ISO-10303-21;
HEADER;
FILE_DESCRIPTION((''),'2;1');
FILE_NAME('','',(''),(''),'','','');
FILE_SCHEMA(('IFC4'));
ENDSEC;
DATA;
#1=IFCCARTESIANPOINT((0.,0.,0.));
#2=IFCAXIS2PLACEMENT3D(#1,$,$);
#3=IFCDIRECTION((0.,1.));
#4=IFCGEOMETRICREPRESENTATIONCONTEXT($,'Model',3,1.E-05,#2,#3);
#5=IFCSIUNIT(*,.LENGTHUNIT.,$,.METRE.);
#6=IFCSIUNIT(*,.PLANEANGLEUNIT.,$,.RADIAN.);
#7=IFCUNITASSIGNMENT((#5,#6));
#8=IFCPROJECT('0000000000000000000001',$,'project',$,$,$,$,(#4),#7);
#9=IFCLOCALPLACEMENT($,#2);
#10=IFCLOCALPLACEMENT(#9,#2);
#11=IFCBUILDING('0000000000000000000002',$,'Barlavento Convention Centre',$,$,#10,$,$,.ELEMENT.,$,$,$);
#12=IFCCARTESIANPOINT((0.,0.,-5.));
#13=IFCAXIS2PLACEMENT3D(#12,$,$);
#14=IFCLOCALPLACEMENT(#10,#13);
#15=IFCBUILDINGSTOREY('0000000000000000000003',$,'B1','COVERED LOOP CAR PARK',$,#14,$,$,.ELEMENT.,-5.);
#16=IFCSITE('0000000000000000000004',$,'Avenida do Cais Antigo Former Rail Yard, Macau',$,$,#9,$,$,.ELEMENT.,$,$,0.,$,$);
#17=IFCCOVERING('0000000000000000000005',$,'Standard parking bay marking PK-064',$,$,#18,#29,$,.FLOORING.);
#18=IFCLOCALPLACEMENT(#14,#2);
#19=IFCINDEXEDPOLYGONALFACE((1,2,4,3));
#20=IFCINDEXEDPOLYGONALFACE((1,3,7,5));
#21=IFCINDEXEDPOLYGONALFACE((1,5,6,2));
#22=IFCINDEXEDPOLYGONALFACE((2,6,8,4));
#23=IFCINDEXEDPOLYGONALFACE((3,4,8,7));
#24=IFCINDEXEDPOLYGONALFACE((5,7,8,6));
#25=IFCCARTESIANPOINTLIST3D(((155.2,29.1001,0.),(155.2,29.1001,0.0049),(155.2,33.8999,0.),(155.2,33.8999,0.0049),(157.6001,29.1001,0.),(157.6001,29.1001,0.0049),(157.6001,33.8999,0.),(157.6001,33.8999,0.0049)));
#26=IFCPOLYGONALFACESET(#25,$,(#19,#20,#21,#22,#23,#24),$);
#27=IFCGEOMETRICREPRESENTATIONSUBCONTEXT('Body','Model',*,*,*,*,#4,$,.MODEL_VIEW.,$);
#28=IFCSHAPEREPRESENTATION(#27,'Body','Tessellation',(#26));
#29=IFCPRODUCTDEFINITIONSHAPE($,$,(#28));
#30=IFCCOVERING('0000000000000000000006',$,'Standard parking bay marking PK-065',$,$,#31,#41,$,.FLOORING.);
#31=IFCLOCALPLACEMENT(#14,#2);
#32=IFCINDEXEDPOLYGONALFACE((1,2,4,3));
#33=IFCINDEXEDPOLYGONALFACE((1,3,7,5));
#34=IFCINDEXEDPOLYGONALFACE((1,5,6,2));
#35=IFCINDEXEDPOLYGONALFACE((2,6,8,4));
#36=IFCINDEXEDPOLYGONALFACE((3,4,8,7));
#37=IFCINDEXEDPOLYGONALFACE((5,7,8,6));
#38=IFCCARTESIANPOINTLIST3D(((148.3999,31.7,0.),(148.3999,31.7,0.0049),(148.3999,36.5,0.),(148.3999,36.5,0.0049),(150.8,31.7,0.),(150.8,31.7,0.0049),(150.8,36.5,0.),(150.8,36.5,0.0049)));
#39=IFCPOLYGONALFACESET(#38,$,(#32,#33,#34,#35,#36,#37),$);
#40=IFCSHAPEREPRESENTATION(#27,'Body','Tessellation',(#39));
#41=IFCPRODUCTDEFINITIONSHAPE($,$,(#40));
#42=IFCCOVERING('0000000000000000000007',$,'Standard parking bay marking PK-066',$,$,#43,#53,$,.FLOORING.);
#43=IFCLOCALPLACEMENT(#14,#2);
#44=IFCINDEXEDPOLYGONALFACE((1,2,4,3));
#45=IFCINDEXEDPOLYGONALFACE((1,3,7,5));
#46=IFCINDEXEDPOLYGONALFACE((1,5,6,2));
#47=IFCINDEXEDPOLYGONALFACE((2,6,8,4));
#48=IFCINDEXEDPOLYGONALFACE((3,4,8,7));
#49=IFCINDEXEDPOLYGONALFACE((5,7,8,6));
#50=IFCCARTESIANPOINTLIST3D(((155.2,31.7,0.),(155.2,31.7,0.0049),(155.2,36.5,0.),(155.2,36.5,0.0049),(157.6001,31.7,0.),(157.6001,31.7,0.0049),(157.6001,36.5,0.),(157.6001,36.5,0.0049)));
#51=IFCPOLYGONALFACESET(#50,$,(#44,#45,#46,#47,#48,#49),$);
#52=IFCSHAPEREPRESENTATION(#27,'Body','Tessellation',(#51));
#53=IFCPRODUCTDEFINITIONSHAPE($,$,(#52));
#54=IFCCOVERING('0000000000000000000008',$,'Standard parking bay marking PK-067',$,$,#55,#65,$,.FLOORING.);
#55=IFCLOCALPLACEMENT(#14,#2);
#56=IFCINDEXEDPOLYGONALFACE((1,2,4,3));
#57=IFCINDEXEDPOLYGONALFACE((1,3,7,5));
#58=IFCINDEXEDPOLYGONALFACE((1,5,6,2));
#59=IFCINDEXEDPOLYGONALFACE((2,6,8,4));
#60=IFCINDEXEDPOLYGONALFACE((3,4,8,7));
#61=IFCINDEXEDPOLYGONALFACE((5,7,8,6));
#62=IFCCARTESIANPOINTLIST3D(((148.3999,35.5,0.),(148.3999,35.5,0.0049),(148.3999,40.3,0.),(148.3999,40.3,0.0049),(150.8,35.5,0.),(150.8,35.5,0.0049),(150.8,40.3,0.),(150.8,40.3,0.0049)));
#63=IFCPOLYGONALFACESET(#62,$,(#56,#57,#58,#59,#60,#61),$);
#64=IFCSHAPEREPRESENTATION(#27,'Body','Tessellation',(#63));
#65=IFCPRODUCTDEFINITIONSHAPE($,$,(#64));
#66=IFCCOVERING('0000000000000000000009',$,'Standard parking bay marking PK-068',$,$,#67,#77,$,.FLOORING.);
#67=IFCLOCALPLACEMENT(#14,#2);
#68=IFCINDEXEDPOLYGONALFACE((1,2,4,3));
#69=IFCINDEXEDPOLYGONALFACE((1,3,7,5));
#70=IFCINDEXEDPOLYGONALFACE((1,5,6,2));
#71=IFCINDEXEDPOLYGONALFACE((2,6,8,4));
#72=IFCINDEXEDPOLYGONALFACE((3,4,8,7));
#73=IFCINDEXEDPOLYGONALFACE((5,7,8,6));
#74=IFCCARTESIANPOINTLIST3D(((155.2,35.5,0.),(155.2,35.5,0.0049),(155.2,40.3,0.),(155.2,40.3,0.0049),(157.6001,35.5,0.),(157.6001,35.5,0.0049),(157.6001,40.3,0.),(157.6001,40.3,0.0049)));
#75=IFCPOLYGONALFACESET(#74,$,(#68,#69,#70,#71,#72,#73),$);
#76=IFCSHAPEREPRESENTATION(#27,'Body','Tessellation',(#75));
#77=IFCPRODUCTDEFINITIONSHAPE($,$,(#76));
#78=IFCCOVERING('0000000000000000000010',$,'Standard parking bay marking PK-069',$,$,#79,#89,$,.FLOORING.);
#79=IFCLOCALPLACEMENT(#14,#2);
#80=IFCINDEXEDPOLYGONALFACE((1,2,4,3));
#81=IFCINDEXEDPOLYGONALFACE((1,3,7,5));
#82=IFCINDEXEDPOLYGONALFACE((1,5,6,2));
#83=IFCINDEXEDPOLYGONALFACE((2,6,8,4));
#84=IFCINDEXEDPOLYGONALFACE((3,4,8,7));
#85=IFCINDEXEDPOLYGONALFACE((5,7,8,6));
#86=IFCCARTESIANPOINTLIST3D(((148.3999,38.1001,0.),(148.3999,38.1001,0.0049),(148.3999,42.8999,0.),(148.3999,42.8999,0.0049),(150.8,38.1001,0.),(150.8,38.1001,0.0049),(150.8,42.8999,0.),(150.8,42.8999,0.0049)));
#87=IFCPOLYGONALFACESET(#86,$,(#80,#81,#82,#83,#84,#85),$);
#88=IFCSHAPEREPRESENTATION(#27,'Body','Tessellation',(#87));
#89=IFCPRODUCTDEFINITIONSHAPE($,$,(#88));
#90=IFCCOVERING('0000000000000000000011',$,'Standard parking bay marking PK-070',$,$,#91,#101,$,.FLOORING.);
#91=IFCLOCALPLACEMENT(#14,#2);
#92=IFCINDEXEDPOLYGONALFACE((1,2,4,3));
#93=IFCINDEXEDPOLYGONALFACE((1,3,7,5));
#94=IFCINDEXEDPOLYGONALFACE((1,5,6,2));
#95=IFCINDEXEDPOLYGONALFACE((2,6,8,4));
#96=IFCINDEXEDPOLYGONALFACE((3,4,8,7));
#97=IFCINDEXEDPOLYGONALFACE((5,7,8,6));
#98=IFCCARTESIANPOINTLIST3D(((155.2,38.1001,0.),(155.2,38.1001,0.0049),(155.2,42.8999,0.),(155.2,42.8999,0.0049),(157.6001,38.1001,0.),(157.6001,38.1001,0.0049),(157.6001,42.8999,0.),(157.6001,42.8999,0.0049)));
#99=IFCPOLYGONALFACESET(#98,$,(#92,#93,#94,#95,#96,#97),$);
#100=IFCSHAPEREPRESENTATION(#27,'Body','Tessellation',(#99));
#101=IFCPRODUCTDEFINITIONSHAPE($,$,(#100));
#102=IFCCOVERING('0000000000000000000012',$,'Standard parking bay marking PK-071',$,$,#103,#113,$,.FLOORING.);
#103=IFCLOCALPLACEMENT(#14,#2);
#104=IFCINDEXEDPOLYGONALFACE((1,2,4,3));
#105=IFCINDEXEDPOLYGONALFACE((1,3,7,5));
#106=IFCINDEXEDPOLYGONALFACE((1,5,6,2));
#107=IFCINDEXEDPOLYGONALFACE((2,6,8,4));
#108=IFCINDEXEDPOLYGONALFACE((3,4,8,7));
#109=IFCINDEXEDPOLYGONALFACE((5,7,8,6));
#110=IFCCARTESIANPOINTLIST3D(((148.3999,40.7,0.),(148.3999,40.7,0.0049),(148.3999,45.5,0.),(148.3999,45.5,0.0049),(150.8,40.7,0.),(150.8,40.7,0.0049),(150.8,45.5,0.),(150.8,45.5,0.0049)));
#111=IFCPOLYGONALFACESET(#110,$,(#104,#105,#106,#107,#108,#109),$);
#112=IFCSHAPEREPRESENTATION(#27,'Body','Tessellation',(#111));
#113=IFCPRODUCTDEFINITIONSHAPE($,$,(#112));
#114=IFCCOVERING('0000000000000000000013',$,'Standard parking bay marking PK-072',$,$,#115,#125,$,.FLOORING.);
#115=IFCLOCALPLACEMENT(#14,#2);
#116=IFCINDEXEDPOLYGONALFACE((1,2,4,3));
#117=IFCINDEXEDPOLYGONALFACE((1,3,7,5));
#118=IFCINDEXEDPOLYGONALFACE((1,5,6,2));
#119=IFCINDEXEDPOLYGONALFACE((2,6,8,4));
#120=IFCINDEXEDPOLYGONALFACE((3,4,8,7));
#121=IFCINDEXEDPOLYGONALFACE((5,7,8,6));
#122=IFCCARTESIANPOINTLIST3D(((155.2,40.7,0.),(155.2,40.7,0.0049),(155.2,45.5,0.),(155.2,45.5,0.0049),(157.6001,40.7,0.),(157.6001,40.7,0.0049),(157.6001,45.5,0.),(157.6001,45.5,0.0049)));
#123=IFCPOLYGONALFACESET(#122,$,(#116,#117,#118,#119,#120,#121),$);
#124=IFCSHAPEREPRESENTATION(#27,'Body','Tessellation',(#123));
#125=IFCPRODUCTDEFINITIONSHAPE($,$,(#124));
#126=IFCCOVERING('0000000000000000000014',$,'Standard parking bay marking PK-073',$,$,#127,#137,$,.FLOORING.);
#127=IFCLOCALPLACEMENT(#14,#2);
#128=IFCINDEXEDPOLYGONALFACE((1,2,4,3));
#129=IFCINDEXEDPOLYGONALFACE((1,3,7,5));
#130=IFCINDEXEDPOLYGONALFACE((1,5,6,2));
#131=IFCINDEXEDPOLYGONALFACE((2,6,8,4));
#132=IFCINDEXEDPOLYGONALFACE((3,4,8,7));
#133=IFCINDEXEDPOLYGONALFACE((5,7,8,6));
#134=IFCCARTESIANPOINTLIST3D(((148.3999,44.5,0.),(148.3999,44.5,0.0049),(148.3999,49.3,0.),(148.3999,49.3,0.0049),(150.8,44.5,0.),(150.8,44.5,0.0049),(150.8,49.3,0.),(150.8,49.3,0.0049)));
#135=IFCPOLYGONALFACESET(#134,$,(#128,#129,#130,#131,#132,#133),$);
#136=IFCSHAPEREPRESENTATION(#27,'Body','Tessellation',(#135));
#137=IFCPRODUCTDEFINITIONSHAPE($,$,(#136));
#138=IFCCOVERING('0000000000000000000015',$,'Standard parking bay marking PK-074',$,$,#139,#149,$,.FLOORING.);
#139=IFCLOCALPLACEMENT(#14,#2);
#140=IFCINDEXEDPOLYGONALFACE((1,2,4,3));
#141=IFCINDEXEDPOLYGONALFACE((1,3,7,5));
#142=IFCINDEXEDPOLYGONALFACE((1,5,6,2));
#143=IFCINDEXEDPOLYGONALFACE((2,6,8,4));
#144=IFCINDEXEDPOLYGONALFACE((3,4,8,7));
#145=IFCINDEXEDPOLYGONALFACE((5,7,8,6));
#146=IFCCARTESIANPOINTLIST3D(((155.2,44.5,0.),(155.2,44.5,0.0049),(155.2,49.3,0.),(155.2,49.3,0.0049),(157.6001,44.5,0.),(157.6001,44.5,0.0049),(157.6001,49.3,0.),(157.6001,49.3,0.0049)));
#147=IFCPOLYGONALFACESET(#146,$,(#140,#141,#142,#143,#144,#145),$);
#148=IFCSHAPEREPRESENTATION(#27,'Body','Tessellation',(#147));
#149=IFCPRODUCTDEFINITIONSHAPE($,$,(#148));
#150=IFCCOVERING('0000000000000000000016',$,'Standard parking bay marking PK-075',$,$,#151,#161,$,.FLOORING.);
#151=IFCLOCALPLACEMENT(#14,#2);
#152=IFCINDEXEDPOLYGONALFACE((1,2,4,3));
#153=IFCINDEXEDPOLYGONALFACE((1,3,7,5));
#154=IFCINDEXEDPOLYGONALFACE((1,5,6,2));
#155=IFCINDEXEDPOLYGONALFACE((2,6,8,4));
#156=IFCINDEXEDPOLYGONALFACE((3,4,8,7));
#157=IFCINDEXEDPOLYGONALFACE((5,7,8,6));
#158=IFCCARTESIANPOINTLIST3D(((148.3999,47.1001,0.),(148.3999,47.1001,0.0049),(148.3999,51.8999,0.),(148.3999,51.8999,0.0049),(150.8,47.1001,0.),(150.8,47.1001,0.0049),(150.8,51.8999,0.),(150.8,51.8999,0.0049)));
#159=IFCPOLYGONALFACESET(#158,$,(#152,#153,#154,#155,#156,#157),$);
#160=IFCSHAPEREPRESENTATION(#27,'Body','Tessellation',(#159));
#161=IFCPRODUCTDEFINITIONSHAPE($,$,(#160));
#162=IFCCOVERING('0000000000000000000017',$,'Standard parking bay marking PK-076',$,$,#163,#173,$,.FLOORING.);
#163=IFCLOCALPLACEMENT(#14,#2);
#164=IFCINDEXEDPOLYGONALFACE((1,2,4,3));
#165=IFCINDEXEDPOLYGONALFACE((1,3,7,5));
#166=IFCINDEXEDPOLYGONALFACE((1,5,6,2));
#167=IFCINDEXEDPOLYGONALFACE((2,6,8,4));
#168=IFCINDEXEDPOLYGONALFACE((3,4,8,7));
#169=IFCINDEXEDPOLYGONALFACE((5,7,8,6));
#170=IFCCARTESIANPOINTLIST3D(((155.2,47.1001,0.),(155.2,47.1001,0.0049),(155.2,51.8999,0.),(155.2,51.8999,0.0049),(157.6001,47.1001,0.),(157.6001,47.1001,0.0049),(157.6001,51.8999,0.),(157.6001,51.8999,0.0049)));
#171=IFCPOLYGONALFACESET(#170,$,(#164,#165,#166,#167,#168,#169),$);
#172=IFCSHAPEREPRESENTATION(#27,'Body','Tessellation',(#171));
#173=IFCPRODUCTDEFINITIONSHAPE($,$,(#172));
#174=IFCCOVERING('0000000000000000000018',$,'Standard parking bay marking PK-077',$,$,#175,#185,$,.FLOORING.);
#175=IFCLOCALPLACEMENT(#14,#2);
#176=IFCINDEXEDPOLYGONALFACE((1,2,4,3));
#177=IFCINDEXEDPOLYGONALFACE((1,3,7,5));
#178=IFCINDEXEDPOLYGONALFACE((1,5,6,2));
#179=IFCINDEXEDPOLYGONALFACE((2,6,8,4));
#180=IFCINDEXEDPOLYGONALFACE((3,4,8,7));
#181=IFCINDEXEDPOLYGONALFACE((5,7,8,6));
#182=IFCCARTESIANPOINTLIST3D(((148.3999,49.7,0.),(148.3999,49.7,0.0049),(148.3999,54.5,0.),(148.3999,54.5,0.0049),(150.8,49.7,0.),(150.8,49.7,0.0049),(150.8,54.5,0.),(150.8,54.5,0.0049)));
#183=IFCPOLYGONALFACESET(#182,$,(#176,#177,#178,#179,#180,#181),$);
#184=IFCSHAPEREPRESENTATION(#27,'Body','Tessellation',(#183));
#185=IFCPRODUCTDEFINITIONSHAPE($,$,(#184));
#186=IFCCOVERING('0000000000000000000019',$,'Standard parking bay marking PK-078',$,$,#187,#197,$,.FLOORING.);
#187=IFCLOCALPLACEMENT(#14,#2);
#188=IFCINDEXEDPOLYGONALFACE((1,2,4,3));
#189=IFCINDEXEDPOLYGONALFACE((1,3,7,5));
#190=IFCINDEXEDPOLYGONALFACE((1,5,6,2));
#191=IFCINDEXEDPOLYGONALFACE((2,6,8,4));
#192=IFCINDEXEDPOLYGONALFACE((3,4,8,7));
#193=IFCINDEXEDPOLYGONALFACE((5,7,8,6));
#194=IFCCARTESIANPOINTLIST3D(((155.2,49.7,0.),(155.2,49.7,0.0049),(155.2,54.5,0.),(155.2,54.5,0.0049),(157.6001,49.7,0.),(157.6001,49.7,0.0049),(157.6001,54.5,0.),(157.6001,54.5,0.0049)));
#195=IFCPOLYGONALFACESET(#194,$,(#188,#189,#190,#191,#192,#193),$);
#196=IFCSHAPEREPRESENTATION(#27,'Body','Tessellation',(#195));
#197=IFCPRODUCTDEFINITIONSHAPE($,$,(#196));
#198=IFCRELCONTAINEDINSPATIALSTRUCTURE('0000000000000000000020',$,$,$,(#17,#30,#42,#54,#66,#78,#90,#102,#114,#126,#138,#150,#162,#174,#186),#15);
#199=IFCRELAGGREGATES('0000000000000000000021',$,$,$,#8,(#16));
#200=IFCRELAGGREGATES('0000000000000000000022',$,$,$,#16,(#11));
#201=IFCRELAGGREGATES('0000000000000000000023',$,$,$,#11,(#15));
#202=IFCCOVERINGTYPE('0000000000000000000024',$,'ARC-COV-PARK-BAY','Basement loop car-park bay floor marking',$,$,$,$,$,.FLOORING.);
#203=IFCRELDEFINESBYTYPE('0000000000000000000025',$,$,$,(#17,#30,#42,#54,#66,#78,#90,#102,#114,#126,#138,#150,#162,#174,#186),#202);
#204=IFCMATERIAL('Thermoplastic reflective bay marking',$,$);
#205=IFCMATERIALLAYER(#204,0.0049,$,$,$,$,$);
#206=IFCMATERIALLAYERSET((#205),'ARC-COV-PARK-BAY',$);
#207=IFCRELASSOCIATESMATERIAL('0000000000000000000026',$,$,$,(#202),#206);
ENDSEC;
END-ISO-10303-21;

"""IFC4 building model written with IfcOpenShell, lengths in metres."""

from ifc_helpers import new_model, si_unit, direction, frame, origin, place, context, subcontext, project, spatial, polyline, outline, extrude, material, layer, layer_set, type_object, element, save


model = new_model("IFC4")

# Units and contexts
model_context = context("Model", 3, precision=1e-05, world=origin(), true_north=direction((0.0, 1.0)))
body_context = subcontext(model_context, "Body", "Model", "MODEL_VIEW")
ifc_project = project(units=[si_unit("LENGTHUNIT", "METRE"), si_unit("PLANEANGLEUNIT", "RADIAN")], contexts=[model_context])

# Site, building, storey
site_placement = place(None, origin())
site = spatial("IfcSite", under=ifc_project, at=site_placement, Name="Avenida do Cais Antigo Former Rail Yard, Macau", CompositionType="ELEMENT", RefElevation=0.0)
building_placement = place(site_placement, origin())
building = spatial("IfcBuilding", under=site, at=building_placement, Name="Barlavento Convention Centre", CompositionType="ELEMENT")
storey_placement = place(building_placement, frame((0.0, 0.0, -5.0)))
storey = spatial("IfcBuildingStorey", under=building, at=storey_placement, Name="B1", Description="COVERED LOOP CAR PARK", CompositionType="ELEMENT", Elevation=-5.0)

# Coverings
ifc_material = material(Name="Thermoplastic reflective bay marking")
ifc_layer = layer(ifc_material, 0.0049)
ifc_layer_set = layer_set([ifc_layer], Name="ARC-COV-PARK-BAY")
covering_type = type_object("IfcCoveringType", Name="ARC-COV-PARK-BAY", Description="Basement loop car-park bay floor marking", PredefinedType="FLOORING", material=ifc_layer_set)
covering_1_placement = place(storey_placement, origin())
element("IfcCovering", 1, at=covering_1_placement, inside=storey, type_object=covering_type, Name="Standard parking bay marking PK-064", PredefinedType="FLOORING", context=body_context, shape_type="SweptSolid", body=[
    extrude(outline(polyline([(155.2, 29.1001), (157.6001, 29.1001), (157.6001, 33.8999), (155.2, 33.8999), (155.2, 29.1001)])), origin(), (0.0, 0.0, 1.0), 0.0049),
])
covering_2_placement = place(storey_placement, origin())
element("IfcCovering", 2, at=covering_2_placement, inside=storey, type_object=covering_type, Name="Standard parking bay marking PK-065", PredefinedType="FLOORING", context=body_context, shape_type="SweptSolid", body=[
    extrude(outline(polyline([(148.3999, 31.7), (150.8, 31.7), (150.8, 36.5), (148.3999, 36.5), (148.3999, 31.7)])), origin(), (0.0, 0.0, 1.0), 0.0049),
])
covering_3_placement = place(storey_placement, origin())
element("IfcCovering", 3, at=covering_3_placement, inside=storey, type_object=covering_type, Name="Standard parking bay marking PK-066", PredefinedType="FLOORING", context=body_context, shape_type="SweptSolid", body=[
    extrude(outline(polyline([(155.2, 31.7), (157.6001, 31.7), (157.6001, 36.5), (155.2, 36.5), (155.2, 31.7)])), origin(), (0.0, 0.0, 1.0), 0.0049),
])
covering_4_placement = place(storey_placement, origin())
element("IfcCovering", 4, at=covering_4_placement, inside=storey, type_object=covering_type, Name="Standard parking bay marking PK-067", PredefinedType="FLOORING", context=body_context, shape_type="SweptSolid", body=[
    extrude(outline(polyline([(148.3999, 35.5), (150.8, 35.5), (150.8, 40.3), (148.3999, 40.3), (148.3999, 35.5)])), origin(), (0.0, 0.0, 1.0), 0.0049),
])
covering_5_placement = place(storey_placement, origin())
element("IfcCovering", 5, at=covering_5_placement, inside=storey, type_object=covering_type, Name="Standard parking bay marking PK-068", PredefinedType="FLOORING", context=body_context, shape_type="SweptSolid", body=[
    extrude(outline(polyline([(155.2, 35.5), (157.6001, 35.5), (157.6001, 40.3), (155.2, 40.3), (155.2, 35.5)])), origin(), (0.0, 0.0, 1.0), 0.0049),
])
covering_6_placement = place(storey_placement, origin())
element("IfcCovering", 6, at=covering_6_placement, inside=storey, type_object=covering_type, Name="Standard parking bay marking PK-069", PredefinedType="FLOORING", context=body_context, shape_type="SweptSolid", body=[
    extrude(outline(polyline([(148.3999, 38.1001), (150.8, 38.1001), (150.8, 42.8999), (148.3999, 42.8999), (148.3999, 38.1001)])), origin(), (0.0, 0.0, 1.0), 0.0049),
])
covering_7_placement = place(storey_placement, origin())
element("IfcCovering", 7, at=covering_7_placement, inside=storey, type_object=covering_type, Name="Standard parking bay marking PK-070", PredefinedType="FLOORING", context=body_context, shape_type="SweptSolid", body=[
    extrude(outline(polyline([(155.2, 38.1001), (157.6001, 38.1001), (157.6001, 42.8999), (155.2, 42.8999), (155.2, 38.1001)])), origin(), (0.0, 0.0, 1.0), 0.0049),
])
covering_8_placement = place(storey_placement, origin())
element("IfcCovering", 8, at=covering_8_placement, inside=storey, type_object=covering_type, Name="Standard parking bay marking PK-071", PredefinedType="FLOORING", context=body_context, shape_type="SweptSolid", body=[
    extrude(outline(polyline([(148.3999, 40.7), (150.8, 40.7), (150.8, 45.5), (148.3999, 45.5), (148.3999, 40.7)])), origin(), (0.0, 0.0, 1.0), 0.0049),
])
covering_9_placement = place(storey_placement, origin())
element("IfcCovering", 9, at=covering_9_placement, inside=storey, type_object=covering_type, Name="Standard parking bay marking PK-072", PredefinedType="FLOORING", context=body_context, shape_type="SweptSolid", body=[
    extrude(outline(polyline([(155.2, 40.7), (157.6001, 40.7), (157.6001, 45.5), (155.2, 45.5), (155.2, 40.7)])), origin(), (0.0, 0.0, 1.0), 0.0049),
])
covering_10_placement = place(storey_placement, origin())
element("IfcCovering", 10, at=covering_10_placement, inside=storey, type_object=covering_type, Name="Standard parking bay marking PK-073", PredefinedType="FLOORING", context=body_context, shape_type="SweptSolid", body=[
    extrude(outline(polyline([(148.3999, 44.5), (150.8, 44.5), (150.8, 49.3), (148.3999, 49.3), (148.3999, 44.5)])), origin(), (0.0, 0.0, 1.0), 0.0049),
])
covering_11_placement = place(storey_placement, origin())
element("IfcCovering", 11, at=covering_11_placement, inside=storey, type_object=covering_type, Name="Standard parking bay marking PK-074", PredefinedType="FLOORING", context=body_context, shape_type="SweptSolid", body=[
    extrude(outline(polyline([(155.2, 44.5), (157.6001, 44.5), (157.6001, 49.3), (155.2, 49.3), (155.2, 44.5)])), origin(), (0.0, 0.0, 1.0), 0.0049),
])
covering_12_placement = place(storey_placement, origin())
element("IfcCovering", 12, at=covering_12_placement, inside=storey, type_object=covering_type, Name="Standard parking bay marking PK-075", PredefinedType="FLOORING", context=body_context, shape_type="SweptSolid", body=[
    extrude(outline(polyline([(148.3999, 47.1001), (150.8, 47.1001), (150.8, 51.8999), (148.3999, 51.8999), (148.3999, 47.1001)])), origin(), (0.0, 0.0, 1.0), 0.0049),
])
covering_13_placement = place(storey_placement, origin())
element("IfcCovering", 13, at=covering_13_placement, inside=storey, type_object=covering_type, Name="Standard parking bay marking PK-076", PredefinedType="FLOORING", context=body_context, shape_type="SweptSolid", body=[
    extrude(outline(polyline([(155.2, 47.1001), (157.6001, 47.1001), (157.6001, 51.8999), (155.2, 51.8999), (155.2, 47.1001)])), origin(), (0.0, 0.0, 1.0), 0.0049),
])
covering_14_placement = place(storey_placement, origin())
element("IfcCovering", 14, at=covering_14_placement, inside=storey, type_object=covering_type, Name="Standard parking bay marking PK-077", PredefinedType="FLOORING", context=body_context, shape_type="SweptSolid", body=[
    extrude(outline(polyline([(148.3999, 49.7), (150.8, 49.7), (150.8, 54.5), (148.3999, 54.5), (148.3999, 49.7)])), origin(), (0.0, 0.0, 1.0), 0.0049),
])
covering_15_placement = place(storey_placement, origin())
element("IfcCovering", 15, at=covering_15_placement, inside=storey, type_object=covering_type, Name="Standard parking bay marking PK-078", PredefinedType="FLOORING", context=body_context, shape_type="SweptSolid", body=[
    extrude(outline(polyline([(155.2, 49.7), (157.6001, 49.7), (157.6001, 54.5), (155.2, 54.5), (155.2, 49.7)])), origin(), (0.0, 0.0, 1.0), 0.0049),
])

save(model, "model.ifc")
